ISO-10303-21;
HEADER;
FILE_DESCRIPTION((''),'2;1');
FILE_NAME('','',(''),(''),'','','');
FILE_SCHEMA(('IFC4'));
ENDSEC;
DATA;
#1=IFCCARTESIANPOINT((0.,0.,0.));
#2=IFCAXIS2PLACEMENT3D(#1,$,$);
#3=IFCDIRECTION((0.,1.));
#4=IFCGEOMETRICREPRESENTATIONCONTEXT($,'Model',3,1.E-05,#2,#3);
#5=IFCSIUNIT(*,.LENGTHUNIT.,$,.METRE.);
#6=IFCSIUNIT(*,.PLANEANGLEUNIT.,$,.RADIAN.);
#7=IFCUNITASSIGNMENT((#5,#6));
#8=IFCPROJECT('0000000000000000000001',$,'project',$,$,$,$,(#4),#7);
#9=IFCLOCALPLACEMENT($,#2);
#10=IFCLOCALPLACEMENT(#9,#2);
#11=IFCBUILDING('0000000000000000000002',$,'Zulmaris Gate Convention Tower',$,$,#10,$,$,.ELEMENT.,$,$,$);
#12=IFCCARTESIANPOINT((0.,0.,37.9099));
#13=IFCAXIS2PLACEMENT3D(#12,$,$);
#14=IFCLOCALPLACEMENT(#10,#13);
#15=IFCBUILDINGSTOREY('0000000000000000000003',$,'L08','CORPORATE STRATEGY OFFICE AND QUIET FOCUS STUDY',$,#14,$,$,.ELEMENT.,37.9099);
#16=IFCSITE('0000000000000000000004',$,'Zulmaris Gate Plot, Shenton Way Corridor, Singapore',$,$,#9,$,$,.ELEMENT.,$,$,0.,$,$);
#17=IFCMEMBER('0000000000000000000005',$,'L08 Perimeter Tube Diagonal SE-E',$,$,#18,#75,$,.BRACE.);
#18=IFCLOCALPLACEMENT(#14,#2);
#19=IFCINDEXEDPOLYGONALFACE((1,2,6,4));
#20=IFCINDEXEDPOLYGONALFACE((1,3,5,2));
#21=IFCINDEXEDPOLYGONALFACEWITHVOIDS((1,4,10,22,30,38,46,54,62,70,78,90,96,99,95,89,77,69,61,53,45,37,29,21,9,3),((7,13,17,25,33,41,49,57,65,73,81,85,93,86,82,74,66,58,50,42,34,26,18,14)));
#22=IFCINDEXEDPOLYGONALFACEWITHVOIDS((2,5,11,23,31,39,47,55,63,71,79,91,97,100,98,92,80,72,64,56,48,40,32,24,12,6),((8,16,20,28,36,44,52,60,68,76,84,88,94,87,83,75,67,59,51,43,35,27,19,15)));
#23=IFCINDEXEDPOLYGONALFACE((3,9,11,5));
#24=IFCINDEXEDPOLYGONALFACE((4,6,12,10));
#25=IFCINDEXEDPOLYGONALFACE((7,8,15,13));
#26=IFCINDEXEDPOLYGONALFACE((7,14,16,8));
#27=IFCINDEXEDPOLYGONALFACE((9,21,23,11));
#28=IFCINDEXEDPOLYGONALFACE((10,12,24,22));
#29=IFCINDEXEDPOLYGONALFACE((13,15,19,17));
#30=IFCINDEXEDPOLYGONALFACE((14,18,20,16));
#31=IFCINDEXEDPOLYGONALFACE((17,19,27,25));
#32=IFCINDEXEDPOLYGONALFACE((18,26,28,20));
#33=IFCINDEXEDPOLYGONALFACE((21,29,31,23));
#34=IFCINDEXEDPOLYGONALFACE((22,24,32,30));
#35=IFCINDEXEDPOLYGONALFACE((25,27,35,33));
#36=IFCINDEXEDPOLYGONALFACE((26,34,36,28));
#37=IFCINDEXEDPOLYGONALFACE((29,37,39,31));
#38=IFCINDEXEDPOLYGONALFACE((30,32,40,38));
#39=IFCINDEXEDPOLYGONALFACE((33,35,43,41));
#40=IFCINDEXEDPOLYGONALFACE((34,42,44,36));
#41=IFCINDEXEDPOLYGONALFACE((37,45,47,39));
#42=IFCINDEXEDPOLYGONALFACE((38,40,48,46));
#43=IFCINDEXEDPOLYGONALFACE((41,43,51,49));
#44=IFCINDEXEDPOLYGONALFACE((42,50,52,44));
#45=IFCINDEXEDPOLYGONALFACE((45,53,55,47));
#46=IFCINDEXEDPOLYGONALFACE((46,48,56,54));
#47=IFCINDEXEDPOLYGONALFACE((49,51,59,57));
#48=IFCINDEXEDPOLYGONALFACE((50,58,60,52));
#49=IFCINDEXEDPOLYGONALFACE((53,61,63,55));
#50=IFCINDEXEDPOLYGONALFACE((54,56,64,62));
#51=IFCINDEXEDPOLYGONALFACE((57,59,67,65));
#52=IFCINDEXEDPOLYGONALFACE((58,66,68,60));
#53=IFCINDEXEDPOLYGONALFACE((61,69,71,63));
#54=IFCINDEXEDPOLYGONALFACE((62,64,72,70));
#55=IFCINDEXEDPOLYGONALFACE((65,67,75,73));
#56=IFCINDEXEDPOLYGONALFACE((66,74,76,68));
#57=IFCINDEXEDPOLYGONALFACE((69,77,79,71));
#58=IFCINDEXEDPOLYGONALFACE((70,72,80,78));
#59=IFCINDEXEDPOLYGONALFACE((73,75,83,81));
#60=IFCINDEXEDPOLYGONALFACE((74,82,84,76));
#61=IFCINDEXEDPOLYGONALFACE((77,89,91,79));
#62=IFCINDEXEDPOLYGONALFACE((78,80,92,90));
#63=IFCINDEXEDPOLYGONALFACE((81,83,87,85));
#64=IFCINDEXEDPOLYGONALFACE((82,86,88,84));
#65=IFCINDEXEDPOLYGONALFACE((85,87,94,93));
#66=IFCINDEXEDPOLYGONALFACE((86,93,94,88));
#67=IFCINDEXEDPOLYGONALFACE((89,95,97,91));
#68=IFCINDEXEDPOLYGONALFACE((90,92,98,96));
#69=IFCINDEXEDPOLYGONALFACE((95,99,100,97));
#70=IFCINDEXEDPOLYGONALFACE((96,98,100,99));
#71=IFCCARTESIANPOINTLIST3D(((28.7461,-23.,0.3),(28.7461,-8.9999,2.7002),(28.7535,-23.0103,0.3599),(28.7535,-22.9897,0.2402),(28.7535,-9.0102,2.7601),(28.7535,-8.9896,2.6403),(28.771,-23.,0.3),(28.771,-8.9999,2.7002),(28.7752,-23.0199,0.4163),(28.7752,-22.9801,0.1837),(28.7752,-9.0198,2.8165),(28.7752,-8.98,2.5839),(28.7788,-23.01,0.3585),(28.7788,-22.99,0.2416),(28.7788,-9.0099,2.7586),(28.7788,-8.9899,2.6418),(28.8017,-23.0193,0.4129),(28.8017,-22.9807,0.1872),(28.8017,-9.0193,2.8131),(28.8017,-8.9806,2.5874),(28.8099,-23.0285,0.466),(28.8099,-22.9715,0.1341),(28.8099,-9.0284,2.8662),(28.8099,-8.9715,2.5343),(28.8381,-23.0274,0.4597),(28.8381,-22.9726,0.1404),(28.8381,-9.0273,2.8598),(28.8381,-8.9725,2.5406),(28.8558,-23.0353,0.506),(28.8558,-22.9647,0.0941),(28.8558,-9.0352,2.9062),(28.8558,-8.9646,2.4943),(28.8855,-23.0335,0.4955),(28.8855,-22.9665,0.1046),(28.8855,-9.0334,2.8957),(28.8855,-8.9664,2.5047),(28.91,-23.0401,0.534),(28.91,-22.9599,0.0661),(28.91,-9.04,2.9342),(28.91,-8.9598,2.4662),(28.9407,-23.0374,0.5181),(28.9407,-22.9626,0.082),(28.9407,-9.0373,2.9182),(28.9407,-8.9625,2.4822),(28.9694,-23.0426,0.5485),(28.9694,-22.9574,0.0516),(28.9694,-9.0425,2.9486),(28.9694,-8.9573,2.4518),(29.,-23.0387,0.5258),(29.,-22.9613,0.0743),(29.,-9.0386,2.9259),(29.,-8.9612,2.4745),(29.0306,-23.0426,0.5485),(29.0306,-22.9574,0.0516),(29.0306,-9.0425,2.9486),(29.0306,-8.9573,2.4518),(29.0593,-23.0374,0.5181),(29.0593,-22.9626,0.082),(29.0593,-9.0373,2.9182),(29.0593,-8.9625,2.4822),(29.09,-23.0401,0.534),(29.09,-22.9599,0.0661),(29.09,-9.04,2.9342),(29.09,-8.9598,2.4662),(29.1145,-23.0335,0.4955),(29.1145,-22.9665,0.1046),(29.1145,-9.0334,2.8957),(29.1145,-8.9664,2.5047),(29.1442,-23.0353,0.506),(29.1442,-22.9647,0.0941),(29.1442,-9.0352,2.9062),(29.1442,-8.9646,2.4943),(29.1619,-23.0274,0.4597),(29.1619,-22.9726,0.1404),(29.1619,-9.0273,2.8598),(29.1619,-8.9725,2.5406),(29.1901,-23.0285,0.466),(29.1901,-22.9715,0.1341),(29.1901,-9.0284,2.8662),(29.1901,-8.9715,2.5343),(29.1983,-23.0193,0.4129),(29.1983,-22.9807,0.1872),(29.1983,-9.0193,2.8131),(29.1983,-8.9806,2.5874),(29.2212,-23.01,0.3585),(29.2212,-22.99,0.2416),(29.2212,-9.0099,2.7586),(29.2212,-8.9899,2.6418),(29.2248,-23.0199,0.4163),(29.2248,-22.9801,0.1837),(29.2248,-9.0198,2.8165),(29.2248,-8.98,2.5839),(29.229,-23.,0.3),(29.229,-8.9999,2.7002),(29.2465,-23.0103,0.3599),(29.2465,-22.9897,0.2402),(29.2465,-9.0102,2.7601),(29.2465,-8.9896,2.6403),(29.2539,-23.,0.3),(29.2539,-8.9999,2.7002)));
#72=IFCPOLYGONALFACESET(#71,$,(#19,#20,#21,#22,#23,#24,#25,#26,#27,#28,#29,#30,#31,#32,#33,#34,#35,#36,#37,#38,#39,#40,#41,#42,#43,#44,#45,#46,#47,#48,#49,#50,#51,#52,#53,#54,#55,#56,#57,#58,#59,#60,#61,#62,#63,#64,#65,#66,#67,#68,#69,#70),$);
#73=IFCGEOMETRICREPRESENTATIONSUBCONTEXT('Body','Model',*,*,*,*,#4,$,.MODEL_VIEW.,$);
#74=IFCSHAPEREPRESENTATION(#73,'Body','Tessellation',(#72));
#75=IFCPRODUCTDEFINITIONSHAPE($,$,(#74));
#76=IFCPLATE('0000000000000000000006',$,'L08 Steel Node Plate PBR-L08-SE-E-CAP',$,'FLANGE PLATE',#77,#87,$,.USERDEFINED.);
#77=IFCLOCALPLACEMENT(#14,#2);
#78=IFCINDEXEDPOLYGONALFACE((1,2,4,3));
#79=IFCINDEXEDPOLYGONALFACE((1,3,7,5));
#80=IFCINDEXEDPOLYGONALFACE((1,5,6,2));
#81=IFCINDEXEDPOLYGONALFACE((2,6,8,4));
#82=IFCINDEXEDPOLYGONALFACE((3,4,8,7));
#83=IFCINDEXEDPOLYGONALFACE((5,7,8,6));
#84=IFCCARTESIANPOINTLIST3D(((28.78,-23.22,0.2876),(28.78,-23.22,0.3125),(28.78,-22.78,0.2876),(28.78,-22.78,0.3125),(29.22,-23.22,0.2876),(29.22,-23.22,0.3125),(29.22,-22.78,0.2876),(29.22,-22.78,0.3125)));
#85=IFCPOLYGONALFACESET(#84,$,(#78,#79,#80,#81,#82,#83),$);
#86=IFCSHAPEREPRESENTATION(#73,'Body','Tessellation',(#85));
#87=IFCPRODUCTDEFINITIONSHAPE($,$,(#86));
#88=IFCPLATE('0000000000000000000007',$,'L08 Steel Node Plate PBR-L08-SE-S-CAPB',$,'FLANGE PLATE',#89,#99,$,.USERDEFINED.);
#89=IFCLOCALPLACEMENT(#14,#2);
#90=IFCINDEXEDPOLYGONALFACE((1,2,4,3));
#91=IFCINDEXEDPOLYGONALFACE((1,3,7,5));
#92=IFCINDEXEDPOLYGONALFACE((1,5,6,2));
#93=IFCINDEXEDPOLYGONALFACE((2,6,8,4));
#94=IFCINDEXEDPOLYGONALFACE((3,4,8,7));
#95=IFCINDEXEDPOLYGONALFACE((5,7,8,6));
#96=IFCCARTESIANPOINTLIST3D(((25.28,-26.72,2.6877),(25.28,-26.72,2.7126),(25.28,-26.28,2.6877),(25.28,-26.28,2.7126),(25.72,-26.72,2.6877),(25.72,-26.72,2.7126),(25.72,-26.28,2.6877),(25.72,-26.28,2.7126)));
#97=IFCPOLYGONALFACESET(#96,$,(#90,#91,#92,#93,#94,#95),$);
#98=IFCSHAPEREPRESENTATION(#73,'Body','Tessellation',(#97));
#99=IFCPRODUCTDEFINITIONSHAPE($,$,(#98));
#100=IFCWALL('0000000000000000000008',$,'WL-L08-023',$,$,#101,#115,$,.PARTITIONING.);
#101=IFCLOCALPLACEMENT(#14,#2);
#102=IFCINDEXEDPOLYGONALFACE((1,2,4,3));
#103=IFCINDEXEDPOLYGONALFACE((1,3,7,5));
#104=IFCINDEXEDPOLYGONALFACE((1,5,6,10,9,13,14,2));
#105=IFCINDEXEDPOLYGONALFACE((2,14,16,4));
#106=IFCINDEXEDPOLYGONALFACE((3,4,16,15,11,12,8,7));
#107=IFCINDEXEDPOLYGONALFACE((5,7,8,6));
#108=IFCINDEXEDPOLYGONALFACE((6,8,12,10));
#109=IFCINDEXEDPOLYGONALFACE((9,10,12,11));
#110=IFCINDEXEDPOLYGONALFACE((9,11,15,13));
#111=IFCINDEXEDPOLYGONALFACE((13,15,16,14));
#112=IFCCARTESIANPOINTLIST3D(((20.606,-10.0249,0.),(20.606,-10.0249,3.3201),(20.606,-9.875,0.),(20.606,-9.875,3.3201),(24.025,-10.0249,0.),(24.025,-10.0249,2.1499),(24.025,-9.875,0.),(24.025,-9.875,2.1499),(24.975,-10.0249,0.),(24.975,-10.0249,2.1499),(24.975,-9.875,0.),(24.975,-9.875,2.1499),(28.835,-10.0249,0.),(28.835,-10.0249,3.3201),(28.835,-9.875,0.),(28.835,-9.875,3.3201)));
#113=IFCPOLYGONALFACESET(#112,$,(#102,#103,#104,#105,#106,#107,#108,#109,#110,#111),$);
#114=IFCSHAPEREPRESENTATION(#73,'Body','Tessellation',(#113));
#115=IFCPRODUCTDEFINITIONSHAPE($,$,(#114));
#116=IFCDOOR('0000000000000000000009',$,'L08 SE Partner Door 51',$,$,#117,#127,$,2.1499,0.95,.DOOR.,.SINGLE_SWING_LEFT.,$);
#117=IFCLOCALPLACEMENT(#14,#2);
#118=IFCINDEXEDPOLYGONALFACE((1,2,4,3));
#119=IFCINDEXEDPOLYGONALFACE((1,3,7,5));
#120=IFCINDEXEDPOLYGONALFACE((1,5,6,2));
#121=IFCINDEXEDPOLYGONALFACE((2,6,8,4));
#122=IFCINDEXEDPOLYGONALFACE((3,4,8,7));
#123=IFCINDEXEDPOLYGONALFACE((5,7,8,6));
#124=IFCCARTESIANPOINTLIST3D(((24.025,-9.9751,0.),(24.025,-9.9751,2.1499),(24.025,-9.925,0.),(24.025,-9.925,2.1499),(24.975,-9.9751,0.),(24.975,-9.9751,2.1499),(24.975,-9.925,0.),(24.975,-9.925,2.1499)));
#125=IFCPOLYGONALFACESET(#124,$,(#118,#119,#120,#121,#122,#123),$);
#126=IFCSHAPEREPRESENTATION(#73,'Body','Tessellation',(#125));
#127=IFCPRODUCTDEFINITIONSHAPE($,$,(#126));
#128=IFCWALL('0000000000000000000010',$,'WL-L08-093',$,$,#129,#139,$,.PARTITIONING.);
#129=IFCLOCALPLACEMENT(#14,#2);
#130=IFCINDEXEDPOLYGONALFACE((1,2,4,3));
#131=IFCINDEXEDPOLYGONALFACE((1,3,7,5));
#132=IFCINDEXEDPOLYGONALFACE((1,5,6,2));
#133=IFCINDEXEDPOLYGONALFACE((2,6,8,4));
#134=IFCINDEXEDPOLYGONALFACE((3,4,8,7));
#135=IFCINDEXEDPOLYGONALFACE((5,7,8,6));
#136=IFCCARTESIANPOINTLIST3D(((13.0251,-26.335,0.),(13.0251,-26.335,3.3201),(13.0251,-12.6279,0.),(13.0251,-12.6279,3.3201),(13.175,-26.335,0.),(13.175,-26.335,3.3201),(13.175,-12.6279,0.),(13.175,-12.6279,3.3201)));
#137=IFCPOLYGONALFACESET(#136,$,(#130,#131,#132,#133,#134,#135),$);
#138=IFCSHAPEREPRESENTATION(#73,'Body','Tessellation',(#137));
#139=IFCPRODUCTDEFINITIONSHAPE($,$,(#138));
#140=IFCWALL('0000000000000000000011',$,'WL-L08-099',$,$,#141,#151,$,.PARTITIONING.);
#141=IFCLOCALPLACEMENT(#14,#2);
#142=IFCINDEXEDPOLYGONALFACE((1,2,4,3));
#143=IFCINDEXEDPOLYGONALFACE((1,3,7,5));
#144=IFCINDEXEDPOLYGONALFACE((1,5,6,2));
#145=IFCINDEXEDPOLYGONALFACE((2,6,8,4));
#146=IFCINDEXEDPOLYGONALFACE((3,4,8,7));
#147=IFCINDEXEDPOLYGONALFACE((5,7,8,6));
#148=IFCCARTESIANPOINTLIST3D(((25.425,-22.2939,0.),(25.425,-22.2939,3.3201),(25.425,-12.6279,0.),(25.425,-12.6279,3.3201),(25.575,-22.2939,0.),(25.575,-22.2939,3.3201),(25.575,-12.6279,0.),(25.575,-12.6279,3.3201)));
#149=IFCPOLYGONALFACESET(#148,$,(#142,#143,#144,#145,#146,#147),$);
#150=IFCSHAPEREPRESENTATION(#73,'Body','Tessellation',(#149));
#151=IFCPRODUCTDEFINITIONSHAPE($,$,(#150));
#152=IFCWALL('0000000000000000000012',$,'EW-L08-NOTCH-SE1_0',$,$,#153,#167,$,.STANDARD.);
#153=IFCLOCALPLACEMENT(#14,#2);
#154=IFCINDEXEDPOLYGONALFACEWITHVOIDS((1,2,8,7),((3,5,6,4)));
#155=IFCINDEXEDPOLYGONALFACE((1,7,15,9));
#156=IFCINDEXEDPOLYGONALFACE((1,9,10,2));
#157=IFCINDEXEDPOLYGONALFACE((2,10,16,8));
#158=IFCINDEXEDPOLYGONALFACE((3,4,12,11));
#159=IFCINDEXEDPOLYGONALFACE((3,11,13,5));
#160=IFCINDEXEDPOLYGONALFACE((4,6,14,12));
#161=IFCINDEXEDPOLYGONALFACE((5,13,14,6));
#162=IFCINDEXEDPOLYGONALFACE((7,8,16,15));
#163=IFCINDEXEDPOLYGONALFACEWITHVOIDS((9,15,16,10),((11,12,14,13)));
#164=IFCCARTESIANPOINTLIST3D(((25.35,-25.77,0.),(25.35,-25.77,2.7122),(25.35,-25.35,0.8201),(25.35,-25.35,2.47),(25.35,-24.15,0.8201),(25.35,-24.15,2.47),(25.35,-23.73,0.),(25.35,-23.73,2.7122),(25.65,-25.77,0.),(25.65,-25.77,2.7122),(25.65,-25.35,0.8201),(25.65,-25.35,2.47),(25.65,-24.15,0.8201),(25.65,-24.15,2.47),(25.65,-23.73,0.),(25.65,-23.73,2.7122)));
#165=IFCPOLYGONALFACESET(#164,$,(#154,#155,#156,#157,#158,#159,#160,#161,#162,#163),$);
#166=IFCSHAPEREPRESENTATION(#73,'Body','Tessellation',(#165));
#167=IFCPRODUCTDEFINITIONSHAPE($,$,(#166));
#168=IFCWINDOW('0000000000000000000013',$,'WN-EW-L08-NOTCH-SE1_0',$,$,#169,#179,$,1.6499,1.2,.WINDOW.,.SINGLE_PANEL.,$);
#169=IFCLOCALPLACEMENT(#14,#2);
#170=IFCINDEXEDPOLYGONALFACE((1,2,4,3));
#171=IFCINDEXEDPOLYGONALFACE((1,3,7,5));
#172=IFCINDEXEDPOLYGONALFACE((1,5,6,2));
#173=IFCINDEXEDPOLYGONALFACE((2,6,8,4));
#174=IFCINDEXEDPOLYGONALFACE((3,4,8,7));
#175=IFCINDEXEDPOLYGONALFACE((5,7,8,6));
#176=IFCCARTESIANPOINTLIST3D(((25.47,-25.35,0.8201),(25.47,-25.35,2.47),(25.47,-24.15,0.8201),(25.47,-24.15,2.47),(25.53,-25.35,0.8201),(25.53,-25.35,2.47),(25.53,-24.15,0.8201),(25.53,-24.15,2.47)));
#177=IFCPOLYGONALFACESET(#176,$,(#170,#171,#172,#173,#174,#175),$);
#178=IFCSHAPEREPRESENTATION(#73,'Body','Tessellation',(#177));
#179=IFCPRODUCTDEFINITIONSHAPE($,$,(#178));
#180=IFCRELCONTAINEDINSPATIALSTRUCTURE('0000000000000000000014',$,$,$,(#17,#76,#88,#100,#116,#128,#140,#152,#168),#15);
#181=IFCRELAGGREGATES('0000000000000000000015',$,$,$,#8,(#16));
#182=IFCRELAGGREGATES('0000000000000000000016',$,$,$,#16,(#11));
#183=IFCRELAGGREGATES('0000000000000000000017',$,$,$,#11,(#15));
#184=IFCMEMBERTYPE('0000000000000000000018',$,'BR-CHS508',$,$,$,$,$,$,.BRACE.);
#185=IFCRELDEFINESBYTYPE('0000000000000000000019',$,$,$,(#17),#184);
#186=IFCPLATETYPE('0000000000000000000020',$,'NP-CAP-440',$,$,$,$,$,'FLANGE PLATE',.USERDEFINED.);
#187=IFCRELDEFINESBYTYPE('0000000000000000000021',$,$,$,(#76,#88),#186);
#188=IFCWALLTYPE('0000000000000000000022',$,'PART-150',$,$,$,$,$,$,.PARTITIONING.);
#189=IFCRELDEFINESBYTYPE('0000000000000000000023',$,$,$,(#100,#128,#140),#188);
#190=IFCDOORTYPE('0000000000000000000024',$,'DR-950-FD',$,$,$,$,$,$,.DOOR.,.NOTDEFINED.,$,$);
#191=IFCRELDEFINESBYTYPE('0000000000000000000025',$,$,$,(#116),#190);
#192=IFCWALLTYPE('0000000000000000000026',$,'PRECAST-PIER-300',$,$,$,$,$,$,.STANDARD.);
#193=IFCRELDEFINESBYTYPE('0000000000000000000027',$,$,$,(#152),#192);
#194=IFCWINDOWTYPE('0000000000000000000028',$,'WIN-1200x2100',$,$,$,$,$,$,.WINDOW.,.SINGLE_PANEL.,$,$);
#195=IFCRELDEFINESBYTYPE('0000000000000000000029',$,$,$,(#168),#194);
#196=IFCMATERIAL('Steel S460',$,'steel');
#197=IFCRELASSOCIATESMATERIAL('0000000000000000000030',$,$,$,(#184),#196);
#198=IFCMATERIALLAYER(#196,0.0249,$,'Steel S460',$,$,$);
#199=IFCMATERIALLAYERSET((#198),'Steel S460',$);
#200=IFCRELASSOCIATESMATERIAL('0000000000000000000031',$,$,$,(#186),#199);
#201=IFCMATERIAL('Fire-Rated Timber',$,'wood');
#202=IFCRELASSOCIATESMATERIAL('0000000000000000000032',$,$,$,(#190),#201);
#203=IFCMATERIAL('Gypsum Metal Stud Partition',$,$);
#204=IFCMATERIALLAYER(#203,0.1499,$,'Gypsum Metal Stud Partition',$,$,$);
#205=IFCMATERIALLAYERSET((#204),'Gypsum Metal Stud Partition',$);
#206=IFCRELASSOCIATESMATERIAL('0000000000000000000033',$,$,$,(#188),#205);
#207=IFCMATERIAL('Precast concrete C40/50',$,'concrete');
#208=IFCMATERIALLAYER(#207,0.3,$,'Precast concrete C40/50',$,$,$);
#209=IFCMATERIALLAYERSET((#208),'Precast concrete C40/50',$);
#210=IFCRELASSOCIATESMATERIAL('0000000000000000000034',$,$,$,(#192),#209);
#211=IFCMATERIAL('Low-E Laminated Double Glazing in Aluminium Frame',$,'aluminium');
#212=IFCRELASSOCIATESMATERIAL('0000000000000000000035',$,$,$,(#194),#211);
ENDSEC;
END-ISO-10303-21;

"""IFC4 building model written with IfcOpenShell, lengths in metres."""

from ifc_helpers import new_model, si_unit, direction, frame, frame_2d, origin, origin_2d, place, context, subcontext, project, spatial, rectangle, hollow_circle, extrude, material, layer, layer_set, material_profile, profile_set, type_object, element, fill, save


model = new_model("IFC4")

# Units and contexts
model_context = context("Model", 3, precision=1e-05, world=origin(), true_north=direction((0.0, 1.0)))
body_context = subcontext(model_context, "Body", "Model", "MODEL_VIEW")
ifc_project = project(units=[si_unit("LENGTHUNIT", "METRE"), si_unit("PLANEANGLEUNIT", "RADIAN")], contexts=[model_context])

# Site, building, storey
site_placement = place(None, origin())
site = spatial("IfcSite", under=ifc_project, at=site_placement, Name="Zulmaris Gate Plot, Shenton Way Corridor, Singapore", CompositionType="ELEMENT", RefElevation=0.0)
building_placement = place(site_placement, origin())
building = spatial("IfcBuilding", under=site, at=building_placement, Name="Zulmaris Gate Convention Tower", CompositionType="ELEMENT")
storey_placement = place(building_placement, frame((0.0, 0.0, 37.9099)))
storey = spatial("IfcBuildingStorey", under=building, at=storey_placement, Name="L08", Description="CORPORATE STRATEGY OFFICE AND QUIET FOCUS STUDY", CompositionType="ELEMENT", Elevation=37.9099)

# Member
ifc_material_1 = material(Name="Steel S460", Category="steel")
ifc_material_profile_1 = material_profile(ifc_material_1, hollow_circle(Radius=0.2539, WallThickness=0.0249, at=origin_2d()), Name="CHS 508x25")
ifc_profile_set_1 = profile_set([ifc_material_profile_1], Name="Steel S460")
member_type = type_object("IfcMemberType", Name="BR-CHS508", PredefinedType="BRACE", material=ifc_profile_set_1)
member_placement = place(storey_placement, frame((29.0, -23.0, 0.3), z_axis=(0.0, 0.985621, 0.168974), x_axis=(-1.0, 0.0, 0.0)))
element("IfcMember", 1, at=member_placement, inside=storey, type_object=member_type, Name="L08 Perimeter Tube Diagonal SE-E", PredefinedType="BRACE", context=body_context, shape_type="SweptSolid", body=[
    extrude(hollow_circle(Radius=0.2539, WallThickness=0.0249, at=origin_2d()), origin(), (0.0, 0.0, 1.0), 14.2043),
])

# Plates
ifc_layer_1 = layer(ifc_material_1, 0.0249, Name="Steel S460")
ifc_layer_set_1 = layer_set([ifc_layer_1], Name="Steel S460")
plate_type = type_object("IfcPlateType", Name="NP-CAP-440", ElementType="FLANGE PLATE", PredefinedType="USERDEFINED", material=ifc_layer_set_1)
for number, where, z_axis, x_axis, name in (
    (2, (29.0, -23.0, 0.2876), (0.0, 0.0, 1.0), (1.0, 0.0, 0.0), "L08 Steel Node Plate PBR-L08-SE-E-CAP"),
    (3, (25.5, -26.5, 2.6877), (0.0, 0.0, 1.0), (1.0, 0.0, 0.0), "L08 Steel Node Plate PBR-L08-SE-S-CAPB"),
):
    element("IfcPlate", number, at=place(storey_placement, frame(where, z_axis=z_axis, x_axis=x_axis)), inside=storey, type_object=plate_type, Name=name, ObjectType="FLANGE PLATE", PredefinedType="USERDEFINED", context=body_context, shape_type="SweptSolid", body=[
        extrude(rectangle(XDim=0.4399, YDim=0.4399, at=origin_2d()), origin(), (0.0, 0.0, 1.0), 0.0249),
    ])

# Wall, opening, door
ifc_material_2 = material(Name="Fire-Rated Timber", Category="wood")
door_type = type_object("IfcDoorType", Name="DR-950-FD", OperationType="NOTDEFINED", PredefinedType="DOOR", material=ifc_material_2)
ifc_material_3 = material(Name="Gypsum Metal Stud Partition")
ifc_layer_2 = layer(ifc_material_3, 0.1499, Name="Gypsum Metal Stud Partition")
ifc_layer_set_2 = layer_set([ifc_layer_2], Name="Gypsum Metal Stud Partition")
wall_type_1 = type_object("IfcWallType", Name="PART-150", PredefinedType="PARTITIONING", material=ifc_layer_set_2)
wall_1_placement = place(storey_placement, frame((20.606, -9.95, 0.0), z_axis=(0.0, 0.0, 1.0), x_axis=(1.0, 0.0, 0.0)))
wall_1 = element("IfcWall", 4, at=wall_1_placement, inside=storey, type_object=wall_type_1, Name="WL-L08-023", PredefinedType="PARTITIONING", context=body_context, shape_type="SweptSolid", body=[
    extrude(rectangle(XDim=8.229, YDim=0.1499, at=frame_2d((4.1145, 0.0))), origin(), (0.0, 0.0, 1.0), 3.3201),
])
opening_1_placement = place(wall_1_placement, frame((3.4189, 0.0, 0.0)))
opening_1 = element("IfcOpeningElement", 5, at=opening_1_placement, cuts=wall_1, PredefinedType="OPENING", context=body_context, shape_type="SweptSolid", body=[
    extrude(rectangle(XDim=0.95, YDim=2.1499, at=frame_2d((0.4751, 1.075))), frame((0.0, 0.085, 0.0), z_axis=(0.0, -1.0, 0.0), x_axis=(1.0, 0.0, 0.0)), (0.0, 0.0, 1.0), 0.1699),
])
door_1_placement = place(opening_1_placement, origin())
door_1 = element("IfcDoor", 6, at=door_1_placement, inside=storey, type_object=door_type, Name="L08 SE Partner Door 51", OperationType="SINGLE_SWING_LEFT", OverallHeight=2.1499, OverallWidth=0.95, PredefinedType="DOOR", context=body_context, shape_type="SweptSolid", body=[
    extrude(rectangle(XDim=0.95, YDim=2.1499, at=frame_2d((0.4751, 1.075))), frame((0.0, 0.0249, 0.0), z_axis=(0.0, -1.0, 0.0), x_axis=(1.0, 0.0, 0.0)), (0.0, 0.0, 1.0), 0.05),
])
fill(opening_1, door_1)

# Wall
wall_2_placement = place(storey_placement, frame((13.1001, -26.335, 0.0), z_axis=(0.0, 0.0, 1.0), x_axis=(0.0, 1.0, 0.0)))
element("IfcWall", 7, at=wall_2_placement, inside=storey, type_object=wall_type_1, Name="WL-L08-093", PredefinedType="PARTITIONING", context=body_context, shape_type="SweptSolid", body=[
    extrude(rectangle(XDim=13.707, YDim=0.1499, at=frame_2d((6.8535, 0.0))), origin(), (0.0, 0.0, 1.0), 3.3201),
])

# Wall
wall_3_placement = place(storey_placement, frame((25.5, -22.2939, 0.0), z_axis=(0.0, 0.0, 1.0), x_axis=(0.0, 1.0, 0.0)))
element("IfcWall", 8, at=wall_3_placement, inside=storey, type_object=wall_type_1, Name="WL-L08-099", PredefinedType="PARTITIONING", context=body_context, shape_type="SweptSolid", body=[
    extrude(rectangle(XDim=9.666, YDim=0.1499, at=frame_2d((4.833, 0.0))), origin(), (0.0, 0.0, 1.0), 3.3201),
])

# Wall, opening, window
ifc_material_4 = material(Name="Precast concrete C40/50", Category="concrete")
ifc_layer_3 = layer(ifc_material_4, 0.3, Name="Precast concrete C40/50")
ifc_layer_set_3 = layer_set([ifc_layer_3], Name="Precast concrete C40/50")
wall_type_2 = type_object("IfcWallType", Name="PRECAST-PIER-300", PredefinedType="STANDARD", material=ifc_layer_set_3)
wall_4_placement = place(storey_placement, frame((25.5, -25.77, 0.0), z_axis=(0.0, 0.0, 1.0), x_axis=(0.0, 1.0, 0.0)))
wall_4 = element("IfcWall", 9, at=wall_4_placement, inside=storey, type_object=wall_type_2, Name="EW-L08-NOTCH-SE1_0", PredefinedType="STANDARD", context=body_context, shape_type="SweptSolid", body=[
    extrude(rectangle(XDim=2.04, YDim=0.3, at=frame_2d((1.02, 0.0))), origin(), (0.0, 0.0, 1.0), 2.7122),
])
opening_2_placement = place(wall_4_placement, frame((0.4199, 0.0, 0.8201)))
opening_2 = element("IfcOpeningElement", 10, at=opening_2_placement, cuts=wall_4, PredefinedType="OPENING", context=body_context, shape_type="SweptSolid", body=[
    extrude(rectangle(XDim=1.2, YDim=1.6499, at=frame_2d((0.6001, 0.825))), frame((0.0, 0.1602, 0.0), z_axis=(0.0, -1.0, 0.0), x_axis=(1.0, 0.0, 0.0)), (0.0, 0.0, 1.0), 0.3201),
])
ifc_material_5 = material(Name="Low-E Laminated Double Glazing in Aluminium Frame", Category="aluminium")
window_type = type_object("IfcWindowType", Name="WIN-1200x2100", PartitioningType="SINGLE_PANEL", PredefinedType="WINDOW", material=ifc_material_5)
window_1_placement = place(opening_2_placement, origin())
window_1 = element("IfcWindow", 11, at=window_1_placement, inside=storey, type_object=window_type, Name="WN-EW-L08-NOTCH-SE1_0", OverallHeight=1.6499, OverallWidth=1.2, PartitioningType="SINGLE_PANEL", PredefinedType="WINDOW", context=body_context, shape_type="SweptSolid", body=[
    extrude(rectangle(XDim=1.2, YDim=1.6499, at=frame_2d((0.6001, 0.825))), frame((0.0, 0.03, 0.0), z_axis=(0.0, -1.0, 0.0), x_axis=(1.0, 0.0, 0.0)), (0.0, 0.0, 1.0), 0.0601),
])
fill(opening_2, window_1)

save(model, "model.ifc")
